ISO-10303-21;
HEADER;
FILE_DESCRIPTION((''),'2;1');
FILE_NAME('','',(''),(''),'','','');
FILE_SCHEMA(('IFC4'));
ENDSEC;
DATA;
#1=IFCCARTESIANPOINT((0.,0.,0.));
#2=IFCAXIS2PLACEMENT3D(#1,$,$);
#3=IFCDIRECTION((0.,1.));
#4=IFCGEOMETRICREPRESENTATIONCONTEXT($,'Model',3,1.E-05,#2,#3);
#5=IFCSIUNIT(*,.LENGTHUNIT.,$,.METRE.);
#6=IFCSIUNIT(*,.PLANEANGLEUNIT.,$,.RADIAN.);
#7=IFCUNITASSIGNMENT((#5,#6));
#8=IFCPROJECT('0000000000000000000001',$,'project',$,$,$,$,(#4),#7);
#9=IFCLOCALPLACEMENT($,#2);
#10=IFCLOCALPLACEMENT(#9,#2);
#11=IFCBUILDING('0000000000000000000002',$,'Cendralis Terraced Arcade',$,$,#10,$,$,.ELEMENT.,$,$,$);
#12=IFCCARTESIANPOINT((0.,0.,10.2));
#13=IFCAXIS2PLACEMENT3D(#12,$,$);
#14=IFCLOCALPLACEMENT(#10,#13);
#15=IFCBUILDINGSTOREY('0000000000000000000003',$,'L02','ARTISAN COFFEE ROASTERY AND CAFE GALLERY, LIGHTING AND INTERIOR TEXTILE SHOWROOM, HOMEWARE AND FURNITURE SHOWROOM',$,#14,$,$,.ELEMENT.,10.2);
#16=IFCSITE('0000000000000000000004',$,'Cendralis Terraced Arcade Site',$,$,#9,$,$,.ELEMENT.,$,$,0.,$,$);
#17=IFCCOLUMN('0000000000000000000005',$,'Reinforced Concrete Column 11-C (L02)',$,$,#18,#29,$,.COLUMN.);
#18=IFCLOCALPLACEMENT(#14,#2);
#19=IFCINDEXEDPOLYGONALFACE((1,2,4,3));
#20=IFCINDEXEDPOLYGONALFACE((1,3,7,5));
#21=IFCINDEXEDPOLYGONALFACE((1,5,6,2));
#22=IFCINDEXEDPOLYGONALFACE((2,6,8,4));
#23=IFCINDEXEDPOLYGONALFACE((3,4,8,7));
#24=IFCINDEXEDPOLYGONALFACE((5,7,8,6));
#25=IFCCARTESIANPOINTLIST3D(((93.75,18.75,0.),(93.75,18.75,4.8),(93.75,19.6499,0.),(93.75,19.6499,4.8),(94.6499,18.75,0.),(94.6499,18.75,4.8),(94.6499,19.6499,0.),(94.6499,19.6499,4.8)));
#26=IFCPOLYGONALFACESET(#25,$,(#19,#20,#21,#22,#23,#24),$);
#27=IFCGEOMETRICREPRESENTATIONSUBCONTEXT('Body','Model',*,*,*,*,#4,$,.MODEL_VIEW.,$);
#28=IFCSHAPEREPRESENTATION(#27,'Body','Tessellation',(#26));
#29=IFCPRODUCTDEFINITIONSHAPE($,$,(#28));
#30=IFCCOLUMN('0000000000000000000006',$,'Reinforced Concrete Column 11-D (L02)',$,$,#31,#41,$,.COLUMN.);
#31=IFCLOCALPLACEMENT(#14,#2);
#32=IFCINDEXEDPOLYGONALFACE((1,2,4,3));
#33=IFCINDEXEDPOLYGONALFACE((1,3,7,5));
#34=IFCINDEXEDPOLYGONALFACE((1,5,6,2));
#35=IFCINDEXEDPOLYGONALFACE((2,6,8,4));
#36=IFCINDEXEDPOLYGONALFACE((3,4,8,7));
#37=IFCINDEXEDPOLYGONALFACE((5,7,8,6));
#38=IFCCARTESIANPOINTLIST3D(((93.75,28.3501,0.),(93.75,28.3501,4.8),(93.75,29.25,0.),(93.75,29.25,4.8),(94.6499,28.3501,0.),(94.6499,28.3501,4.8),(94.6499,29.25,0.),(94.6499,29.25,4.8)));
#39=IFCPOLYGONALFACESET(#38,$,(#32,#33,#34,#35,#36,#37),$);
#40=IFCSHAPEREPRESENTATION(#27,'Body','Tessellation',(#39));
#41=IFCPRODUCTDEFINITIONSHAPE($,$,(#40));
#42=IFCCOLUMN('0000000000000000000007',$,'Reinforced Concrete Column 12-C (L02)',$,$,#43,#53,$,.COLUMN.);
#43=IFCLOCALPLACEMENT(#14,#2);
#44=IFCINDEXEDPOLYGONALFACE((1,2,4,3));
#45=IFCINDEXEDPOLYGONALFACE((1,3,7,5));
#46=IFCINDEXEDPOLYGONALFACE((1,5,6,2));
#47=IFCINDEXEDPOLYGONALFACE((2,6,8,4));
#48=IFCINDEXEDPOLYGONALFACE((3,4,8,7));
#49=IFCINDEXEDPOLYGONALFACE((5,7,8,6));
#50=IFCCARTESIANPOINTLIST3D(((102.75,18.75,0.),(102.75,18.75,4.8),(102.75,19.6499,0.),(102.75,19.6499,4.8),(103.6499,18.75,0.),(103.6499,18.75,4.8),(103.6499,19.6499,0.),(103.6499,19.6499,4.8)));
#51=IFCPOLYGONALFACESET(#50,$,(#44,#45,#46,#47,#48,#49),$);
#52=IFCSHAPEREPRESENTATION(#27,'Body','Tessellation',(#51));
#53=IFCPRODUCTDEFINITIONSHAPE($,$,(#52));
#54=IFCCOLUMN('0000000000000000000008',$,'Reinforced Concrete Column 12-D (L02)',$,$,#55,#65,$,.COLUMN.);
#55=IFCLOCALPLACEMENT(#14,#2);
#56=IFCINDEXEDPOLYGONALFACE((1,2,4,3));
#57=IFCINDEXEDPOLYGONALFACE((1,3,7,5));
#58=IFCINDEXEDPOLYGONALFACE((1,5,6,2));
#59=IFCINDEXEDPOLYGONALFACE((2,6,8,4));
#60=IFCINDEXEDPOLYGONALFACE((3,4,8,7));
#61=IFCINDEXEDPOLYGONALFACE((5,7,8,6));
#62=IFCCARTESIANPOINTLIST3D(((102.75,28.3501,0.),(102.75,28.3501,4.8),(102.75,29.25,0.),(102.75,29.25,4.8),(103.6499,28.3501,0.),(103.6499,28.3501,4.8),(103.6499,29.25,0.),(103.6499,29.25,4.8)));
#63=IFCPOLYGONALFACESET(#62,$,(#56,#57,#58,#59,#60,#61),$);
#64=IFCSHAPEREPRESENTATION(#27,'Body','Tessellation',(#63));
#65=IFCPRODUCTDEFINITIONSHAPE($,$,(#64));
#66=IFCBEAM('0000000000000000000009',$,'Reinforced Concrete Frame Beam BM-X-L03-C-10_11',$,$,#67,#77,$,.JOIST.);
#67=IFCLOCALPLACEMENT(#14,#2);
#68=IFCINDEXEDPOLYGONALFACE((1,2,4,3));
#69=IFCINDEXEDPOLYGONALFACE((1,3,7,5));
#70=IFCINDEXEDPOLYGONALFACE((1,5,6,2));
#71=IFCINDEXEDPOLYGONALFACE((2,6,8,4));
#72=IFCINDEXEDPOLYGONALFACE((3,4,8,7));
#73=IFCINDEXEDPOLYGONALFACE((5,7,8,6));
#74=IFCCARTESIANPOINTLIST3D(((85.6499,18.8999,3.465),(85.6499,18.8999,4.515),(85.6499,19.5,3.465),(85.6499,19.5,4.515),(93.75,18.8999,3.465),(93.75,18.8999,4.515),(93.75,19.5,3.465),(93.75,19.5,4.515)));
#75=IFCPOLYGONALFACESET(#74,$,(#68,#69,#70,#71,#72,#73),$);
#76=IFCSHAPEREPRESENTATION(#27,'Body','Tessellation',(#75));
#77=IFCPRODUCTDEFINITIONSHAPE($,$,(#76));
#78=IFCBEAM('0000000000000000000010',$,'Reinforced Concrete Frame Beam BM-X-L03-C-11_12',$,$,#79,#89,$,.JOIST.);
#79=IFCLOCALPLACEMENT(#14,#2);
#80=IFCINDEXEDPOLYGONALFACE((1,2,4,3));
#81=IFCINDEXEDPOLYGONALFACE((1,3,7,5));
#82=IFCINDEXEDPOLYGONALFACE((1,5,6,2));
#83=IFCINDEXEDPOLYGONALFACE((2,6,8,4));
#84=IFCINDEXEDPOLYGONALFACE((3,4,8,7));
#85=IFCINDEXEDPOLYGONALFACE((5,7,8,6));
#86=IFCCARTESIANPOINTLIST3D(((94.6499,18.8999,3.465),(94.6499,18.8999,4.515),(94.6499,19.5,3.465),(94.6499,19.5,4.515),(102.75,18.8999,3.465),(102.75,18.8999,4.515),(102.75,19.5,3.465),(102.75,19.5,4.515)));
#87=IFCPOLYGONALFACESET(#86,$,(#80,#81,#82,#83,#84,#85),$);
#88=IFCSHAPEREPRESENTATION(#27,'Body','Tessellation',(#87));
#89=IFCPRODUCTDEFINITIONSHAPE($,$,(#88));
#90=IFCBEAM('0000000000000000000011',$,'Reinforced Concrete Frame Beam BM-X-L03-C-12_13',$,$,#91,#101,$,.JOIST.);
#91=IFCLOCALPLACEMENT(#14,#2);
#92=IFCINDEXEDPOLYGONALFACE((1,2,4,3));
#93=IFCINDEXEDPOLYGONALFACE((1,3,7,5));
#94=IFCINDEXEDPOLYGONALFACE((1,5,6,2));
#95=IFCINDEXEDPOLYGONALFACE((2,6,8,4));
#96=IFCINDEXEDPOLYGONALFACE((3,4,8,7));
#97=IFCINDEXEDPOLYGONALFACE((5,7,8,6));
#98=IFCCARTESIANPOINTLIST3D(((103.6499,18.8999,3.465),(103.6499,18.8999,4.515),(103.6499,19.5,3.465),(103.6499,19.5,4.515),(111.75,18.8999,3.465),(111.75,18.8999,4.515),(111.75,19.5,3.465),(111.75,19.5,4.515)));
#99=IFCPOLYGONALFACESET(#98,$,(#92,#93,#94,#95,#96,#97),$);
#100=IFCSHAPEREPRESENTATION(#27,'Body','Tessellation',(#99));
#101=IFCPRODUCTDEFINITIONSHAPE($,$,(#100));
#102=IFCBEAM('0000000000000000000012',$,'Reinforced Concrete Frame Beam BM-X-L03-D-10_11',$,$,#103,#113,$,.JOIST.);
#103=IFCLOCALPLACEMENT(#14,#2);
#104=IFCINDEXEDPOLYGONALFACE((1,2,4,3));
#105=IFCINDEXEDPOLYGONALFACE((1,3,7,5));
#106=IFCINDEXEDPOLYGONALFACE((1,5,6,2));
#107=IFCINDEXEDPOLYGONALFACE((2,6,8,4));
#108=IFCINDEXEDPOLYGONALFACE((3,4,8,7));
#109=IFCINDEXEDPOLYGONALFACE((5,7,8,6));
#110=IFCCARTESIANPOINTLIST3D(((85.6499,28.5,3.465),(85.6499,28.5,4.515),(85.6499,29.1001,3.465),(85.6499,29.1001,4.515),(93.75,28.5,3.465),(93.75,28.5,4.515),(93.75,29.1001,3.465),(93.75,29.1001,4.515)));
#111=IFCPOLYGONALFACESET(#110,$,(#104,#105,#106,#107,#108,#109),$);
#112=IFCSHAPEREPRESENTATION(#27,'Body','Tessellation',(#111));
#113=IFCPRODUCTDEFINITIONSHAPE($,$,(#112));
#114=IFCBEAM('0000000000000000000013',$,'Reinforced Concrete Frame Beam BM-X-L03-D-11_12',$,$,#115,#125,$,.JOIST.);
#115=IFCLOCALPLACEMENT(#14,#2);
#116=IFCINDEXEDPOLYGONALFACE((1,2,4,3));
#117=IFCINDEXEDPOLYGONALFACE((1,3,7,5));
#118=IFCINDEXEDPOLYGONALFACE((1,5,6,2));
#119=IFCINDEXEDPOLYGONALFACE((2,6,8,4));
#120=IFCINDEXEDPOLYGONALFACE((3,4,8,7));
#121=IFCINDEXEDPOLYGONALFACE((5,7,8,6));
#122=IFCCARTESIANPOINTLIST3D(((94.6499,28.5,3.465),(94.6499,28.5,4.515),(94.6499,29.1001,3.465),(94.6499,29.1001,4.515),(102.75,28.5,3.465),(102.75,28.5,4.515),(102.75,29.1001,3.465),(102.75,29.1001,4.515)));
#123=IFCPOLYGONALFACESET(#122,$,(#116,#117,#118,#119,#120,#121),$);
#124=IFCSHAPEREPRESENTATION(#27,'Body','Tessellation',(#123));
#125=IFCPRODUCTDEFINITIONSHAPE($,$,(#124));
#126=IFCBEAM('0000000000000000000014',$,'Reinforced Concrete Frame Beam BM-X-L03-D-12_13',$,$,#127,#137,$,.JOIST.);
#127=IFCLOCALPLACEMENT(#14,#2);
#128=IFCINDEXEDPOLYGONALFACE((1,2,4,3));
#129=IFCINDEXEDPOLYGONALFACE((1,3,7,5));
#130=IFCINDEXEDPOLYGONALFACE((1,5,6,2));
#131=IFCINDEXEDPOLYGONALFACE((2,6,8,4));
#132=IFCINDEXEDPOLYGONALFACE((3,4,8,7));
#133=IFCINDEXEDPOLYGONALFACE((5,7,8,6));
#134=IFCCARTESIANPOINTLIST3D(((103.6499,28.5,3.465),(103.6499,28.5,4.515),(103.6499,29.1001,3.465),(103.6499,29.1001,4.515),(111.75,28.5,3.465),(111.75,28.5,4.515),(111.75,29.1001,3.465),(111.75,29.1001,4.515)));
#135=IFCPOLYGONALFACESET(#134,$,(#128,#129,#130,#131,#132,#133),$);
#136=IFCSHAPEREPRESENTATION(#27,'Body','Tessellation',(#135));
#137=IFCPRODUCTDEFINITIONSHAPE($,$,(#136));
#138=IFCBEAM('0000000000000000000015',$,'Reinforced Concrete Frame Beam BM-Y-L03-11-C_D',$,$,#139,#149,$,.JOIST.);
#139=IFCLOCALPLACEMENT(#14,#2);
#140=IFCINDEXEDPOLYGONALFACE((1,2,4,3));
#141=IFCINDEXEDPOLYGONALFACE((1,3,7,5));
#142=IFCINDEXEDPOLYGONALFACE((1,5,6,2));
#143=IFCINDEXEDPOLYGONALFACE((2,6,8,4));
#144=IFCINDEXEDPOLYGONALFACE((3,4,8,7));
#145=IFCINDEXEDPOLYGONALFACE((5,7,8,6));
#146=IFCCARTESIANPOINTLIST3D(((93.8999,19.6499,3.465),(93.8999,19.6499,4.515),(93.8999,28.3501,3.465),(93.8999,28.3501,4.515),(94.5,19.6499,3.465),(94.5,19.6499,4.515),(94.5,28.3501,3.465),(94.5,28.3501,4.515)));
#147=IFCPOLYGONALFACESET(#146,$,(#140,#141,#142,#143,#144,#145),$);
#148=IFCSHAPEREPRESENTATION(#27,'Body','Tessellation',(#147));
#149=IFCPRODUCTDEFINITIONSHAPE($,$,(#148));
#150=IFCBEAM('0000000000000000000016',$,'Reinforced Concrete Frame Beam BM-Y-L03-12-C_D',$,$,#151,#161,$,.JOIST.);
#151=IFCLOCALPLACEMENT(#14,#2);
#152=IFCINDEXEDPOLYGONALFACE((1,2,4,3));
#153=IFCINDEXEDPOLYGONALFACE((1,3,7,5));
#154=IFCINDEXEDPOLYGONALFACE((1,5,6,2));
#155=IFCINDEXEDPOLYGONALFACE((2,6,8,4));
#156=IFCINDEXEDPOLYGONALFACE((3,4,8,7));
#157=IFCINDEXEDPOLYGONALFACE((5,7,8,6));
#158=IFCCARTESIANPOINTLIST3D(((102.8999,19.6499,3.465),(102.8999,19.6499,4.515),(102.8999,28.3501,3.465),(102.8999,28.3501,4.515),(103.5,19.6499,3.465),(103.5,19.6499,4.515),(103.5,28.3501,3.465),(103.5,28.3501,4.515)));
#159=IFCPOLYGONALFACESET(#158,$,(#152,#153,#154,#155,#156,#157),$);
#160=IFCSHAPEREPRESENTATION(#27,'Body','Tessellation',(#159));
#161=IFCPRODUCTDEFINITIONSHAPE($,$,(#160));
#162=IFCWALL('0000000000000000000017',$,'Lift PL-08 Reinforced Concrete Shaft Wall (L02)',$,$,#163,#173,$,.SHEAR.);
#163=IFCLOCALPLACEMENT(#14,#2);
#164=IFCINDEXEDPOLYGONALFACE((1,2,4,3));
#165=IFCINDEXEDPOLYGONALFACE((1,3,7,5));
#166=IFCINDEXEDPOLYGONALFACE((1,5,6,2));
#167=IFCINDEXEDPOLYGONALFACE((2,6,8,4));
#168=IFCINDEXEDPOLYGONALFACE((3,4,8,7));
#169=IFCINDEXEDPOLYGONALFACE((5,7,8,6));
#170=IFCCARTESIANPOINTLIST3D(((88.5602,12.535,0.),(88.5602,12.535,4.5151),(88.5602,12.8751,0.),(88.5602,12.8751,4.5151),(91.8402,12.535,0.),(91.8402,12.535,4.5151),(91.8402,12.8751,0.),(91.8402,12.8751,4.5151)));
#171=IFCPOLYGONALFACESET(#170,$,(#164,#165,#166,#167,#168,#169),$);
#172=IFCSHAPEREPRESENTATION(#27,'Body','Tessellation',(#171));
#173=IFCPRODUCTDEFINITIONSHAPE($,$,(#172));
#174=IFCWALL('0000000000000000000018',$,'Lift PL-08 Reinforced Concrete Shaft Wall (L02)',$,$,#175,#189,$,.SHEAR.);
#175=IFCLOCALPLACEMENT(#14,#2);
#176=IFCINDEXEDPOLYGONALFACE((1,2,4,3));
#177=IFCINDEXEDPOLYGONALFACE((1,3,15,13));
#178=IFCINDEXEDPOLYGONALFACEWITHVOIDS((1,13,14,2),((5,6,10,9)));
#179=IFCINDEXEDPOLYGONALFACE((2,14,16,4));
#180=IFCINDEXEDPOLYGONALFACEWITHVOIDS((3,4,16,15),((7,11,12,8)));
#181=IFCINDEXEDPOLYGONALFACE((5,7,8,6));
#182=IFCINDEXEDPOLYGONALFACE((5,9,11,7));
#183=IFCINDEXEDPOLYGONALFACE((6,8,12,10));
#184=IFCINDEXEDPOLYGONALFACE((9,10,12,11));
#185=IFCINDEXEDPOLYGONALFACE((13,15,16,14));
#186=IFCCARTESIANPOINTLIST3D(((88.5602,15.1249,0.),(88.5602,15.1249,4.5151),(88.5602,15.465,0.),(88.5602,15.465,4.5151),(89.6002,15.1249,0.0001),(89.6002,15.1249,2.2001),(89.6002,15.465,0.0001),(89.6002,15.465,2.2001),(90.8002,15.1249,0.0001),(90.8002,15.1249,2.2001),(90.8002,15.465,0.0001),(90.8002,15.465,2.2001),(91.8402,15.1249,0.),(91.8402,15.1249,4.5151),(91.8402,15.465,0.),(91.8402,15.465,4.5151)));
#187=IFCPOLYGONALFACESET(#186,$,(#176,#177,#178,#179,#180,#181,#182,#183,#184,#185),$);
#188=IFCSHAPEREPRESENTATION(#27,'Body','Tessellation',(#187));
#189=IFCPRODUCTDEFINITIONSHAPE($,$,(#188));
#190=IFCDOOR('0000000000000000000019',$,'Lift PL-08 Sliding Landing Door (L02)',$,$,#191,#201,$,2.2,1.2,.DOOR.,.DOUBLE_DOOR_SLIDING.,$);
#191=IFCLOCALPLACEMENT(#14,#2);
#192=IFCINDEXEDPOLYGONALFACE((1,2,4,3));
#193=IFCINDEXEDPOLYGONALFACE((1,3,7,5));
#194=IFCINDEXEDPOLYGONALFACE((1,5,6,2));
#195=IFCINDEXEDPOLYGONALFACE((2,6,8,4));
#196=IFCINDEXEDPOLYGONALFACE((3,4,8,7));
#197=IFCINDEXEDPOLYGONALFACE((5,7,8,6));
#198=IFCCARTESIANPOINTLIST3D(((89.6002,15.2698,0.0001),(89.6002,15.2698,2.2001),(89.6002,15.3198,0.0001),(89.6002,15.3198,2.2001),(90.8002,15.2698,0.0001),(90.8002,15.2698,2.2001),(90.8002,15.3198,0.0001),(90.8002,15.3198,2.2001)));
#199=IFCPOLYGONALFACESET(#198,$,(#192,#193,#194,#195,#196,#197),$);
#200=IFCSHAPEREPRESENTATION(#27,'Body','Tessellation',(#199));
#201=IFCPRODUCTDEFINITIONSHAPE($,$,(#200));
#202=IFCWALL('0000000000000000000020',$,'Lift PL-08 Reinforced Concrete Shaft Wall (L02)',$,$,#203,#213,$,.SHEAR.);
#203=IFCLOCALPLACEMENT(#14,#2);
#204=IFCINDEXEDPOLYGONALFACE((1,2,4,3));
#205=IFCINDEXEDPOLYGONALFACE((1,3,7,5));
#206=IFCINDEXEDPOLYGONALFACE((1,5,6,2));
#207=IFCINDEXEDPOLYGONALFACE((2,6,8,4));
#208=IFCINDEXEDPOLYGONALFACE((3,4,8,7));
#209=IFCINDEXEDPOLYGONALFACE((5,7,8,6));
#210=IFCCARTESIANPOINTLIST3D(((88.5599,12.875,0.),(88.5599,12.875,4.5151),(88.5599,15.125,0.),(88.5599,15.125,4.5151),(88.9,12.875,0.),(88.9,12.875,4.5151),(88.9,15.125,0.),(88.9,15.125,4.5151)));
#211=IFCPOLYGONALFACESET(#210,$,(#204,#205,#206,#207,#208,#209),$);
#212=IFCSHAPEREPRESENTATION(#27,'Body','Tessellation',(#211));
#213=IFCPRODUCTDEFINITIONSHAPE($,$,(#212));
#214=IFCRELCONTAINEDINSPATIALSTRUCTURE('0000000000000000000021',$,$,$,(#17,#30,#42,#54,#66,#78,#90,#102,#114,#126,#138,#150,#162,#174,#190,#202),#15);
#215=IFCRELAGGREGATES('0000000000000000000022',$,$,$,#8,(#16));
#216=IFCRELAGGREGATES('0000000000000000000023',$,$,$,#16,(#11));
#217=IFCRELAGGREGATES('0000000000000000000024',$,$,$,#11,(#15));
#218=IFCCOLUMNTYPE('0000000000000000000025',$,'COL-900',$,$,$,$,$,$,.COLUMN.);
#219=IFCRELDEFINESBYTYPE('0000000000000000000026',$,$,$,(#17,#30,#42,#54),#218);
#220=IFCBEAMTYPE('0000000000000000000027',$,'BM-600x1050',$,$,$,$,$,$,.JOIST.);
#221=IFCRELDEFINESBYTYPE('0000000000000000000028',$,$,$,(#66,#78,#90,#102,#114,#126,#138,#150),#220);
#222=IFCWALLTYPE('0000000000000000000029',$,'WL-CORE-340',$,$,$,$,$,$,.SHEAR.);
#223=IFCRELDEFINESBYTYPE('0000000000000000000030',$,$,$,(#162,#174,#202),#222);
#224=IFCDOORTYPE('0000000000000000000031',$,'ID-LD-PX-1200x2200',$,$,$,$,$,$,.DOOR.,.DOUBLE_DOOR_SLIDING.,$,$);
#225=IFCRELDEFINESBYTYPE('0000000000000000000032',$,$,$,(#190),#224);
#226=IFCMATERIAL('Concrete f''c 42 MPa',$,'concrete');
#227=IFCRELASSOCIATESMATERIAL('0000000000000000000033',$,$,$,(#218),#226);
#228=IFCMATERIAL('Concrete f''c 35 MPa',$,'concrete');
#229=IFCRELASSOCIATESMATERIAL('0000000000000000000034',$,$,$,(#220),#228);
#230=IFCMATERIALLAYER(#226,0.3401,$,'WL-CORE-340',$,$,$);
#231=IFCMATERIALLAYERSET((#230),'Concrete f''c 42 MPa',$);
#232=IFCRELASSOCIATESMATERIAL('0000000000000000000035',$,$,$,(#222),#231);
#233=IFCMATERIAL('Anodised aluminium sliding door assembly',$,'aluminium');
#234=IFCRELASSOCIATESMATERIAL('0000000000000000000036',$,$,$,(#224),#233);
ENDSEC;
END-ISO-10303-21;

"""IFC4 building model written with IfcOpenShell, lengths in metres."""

from ifc_helpers import new_model, si_unit, direction, frame, frame_2d, origin, origin_2d, place, context, subcontext, project, spatial, rectangle, extrude, material, layer, layer_set, material_profile, profile_set, type_object, element, fill, save


model = new_model("IFC4")

# Units and contexts
model_context = context("Model", 3, precision=1e-05, world=origin(), true_north=direction((0.0, 1.0)))
body_context = subcontext(model_context, "Body", "Model", "MODEL_VIEW")
ifc_project = project(units=[si_unit("LENGTHUNIT", "METRE"), si_unit("PLANEANGLEUNIT", "RADIAN")], contexts=[model_context])

# Site, building, storey
site_placement = place(None, origin())
site = spatial("IfcSite", under=ifc_project, at=site_placement, Name="Cendralis Terraced Arcade Site", CompositionType="ELEMENT", RefElevation=0.0)
building_placement = place(site_placement, origin())
building = spatial("IfcBuilding", under=site, at=building_placement, Name="Cendralis Terraced Arcade", CompositionType="ELEMENT")
storey_placement = place(building_placement, frame((0.0, 0.0, 10.2)))
storey = spatial("IfcBuildingStorey", under=building, at=storey_placement, Name="L02", Description="ARTISAN COFFEE ROASTERY AND CAFE GALLERY, LIGHTING AND INTERIOR TEXTILE SHOWROOM, HOMEWARE AND FURNITURE SHOWROOM", CompositionType="ELEMENT", Elevation=10.2)

# Columns
ifc_material_1 = material(Name="Concrete f'c 42 MPa", Category="concrete")
ifc_material_profile_1 = material_profile(ifc_material_1, rectangle(XDim=0.8999, YDim=0.8999, at=origin_2d()), Name="RC-COL-900x900", Category="LoadBearing")
ifc_profile_set_1 = profile_set([ifc_material_profile_1], Name="Concrete f'c 42 MPa")
column_type = type_object("IfcColumnType", Name="COL-900", PredefinedType="COLUMN", material=ifc_profile_set_1)
for number, where, z_axis, x_axis, name in (
    (1, (94.2, 19.2, 0.0), (0.0, 0.0, 1.0), (1.0, 0.0, 0.0), "Reinforced Concrete Column 11-C (L02)"),
    (2, (94.2, 28.8, 0.0), (0.0, 0.0, 1.0), (1.0, 0.0, 0.0), "Reinforced Concrete Column 11-D (L02)"),
    (3, (103.2, 19.2, 0.0), (0.0, 0.0, 1.0), (1.0, 0.0, 0.0), "Reinforced Concrete Column 12-C (L02)"),
    (4, (103.2, 28.8, 0.0), (0.0, 0.0, 1.0), (1.0, 0.0, 0.0), "Reinforced Concrete Column 12-D (L02)"),
):
    element("IfcColumn", number, at=place(storey_placement, frame(where, z_axis=z_axis, x_axis=x_axis)), inside=storey, type_object=column_type, Name=name, PredefinedType="COLUMN", context=body_context, shape_type="SweptSolid", body=[
        extrude(rectangle(XDim=0.8999, YDim=0.8999, at=origin_2d()), origin(), (0.0, 0.0, 1.0), 4.8),
    ])

# Beams
ifc_material_2 = material(Name="Concrete f'c 35 MPa", Category="concrete")
ifc_material_profile_2 = material_profile(ifc_material_2, rectangle(XDim=0.6001, YDim=1.05, at=origin_2d()), Name="RC-BM-600x1050", Category="LoadBearing")
ifc_profile_set_2 = profile_set([ifc_material_profile_2], Name="Concrete f'c 35 MPa")
beam_type = type_object("IfcBeamType", Name="BM-600x1050", PredefinedType="JOIST", material=ifc_profile_set_2)
for number, where, z_axis, x_axis, name in (
    (5, (85.6499, 19.2, 3.99), (1.0, 0.0, 0.0), (0.0, 1.0, 0.0), "Reinforced Concrete Frame Beam BM-X-L03-C-10_11"),
    (6, (94.6499, 19.2, 3.99), (1.0, 0.0, 0.0), (0.0, 1.0, 0.0), "Reinforced Concrete Frame Beam BM-X-L03-C-11_12"),
    (7, (103.6499, 19.2, 3.99), (1.0, 0.0, 0.0), (0.0, 1.0, 0.0), "Reinforced Concrete Frame Beam BM-X-L03-C-12_13"),
    (8, (85.6499, 28.8, 3.99), (1.0, 0.0, 0.0), (0.0, 1.0, 0.0), "Reinforced Concrete Frame Beam BM-X-L03-D-10_11"),
    (9, (94.6499, 28.8, 3.99), (1.0, 0.0, 0.0), (0.0, 1.0, 0.0), "Reinforced Concrete Frame Beam BM-X-L03-D-11_12"),
    (10, (103.6499, 28.8, 3.99), (1.0, 0.0, 0.0), (0.0, 1.0, 0.0), "Reinforced Concrete Frame Beam BM-X-L03-D-12_13"),
):
    element("IfcBeam", number, at=place(storey_placement, frame(where, z_axis=z_axis, x_axis=x_axis)), inside=storey, type_object=beam_type, Name=name, PredefinedType="JOIST", context=body_context, shape_type="SweptSolid", body=[
        extrude(rectangle(XDim=0.6001, YDim=1.05, at=origin_2d()), origin(), (0.0, 0.0, 1.0), 8.1001),
    ])
for number, where, z_axis, x_axis, name in (
    (11, (94.2, 19.6499, 3.99), (0.0, 1.0, 0.0), (-1.0, 0.0, 0.0), "Reinforced Concrete Frame Beam BM-Y-L03-11-C_D"),
    (12, (103.2, 19.6499, 3.99), (0.0, 1.0, 0.0), (-1.0, 0.0, 0.0), "Reinforced Concrete Frame Beam BM-Y-L03-12-C_D"),
):
    element("IfcBeam", number, at=place(storey_placement, frame(where, z_axis=z_axis, x_axis=x_axis)), inside=storey, type_object=beam_type, Name=name, PredefinedType="JOIST", context=body_context, shape_type="SweptSolid", body=[
        extrude(rectangle(XDim=0.6001, YDim=1.05, at=origin_2d()), origin(), (0.0, 0.0, 1.0), 8.7002),
    ])

# Wall
ifc_layer_1 = layer(ifc_material_1, 0.3401, Name="WL-CORE-340")
ifc_layer_set_1 = layer_set([ifc_layer_1], Name="Concrete f'c 42 MPa")
wall_type_1 = type_object("IfcWallType", Name="WL-CORE-340", PredefinedType="SHEAR", material=ifc_layer_set_1)
wall_1_placement = place(storey_placement, frame((88.5601, 12.7051, 0.0), z_axis=(0.0, 0.0, 1.0), x_axis=(1.0, 0.0, 0.0)))
element("IfcWall", 13, at=wall_1_placement, inside=storey, type_object=wall_type_1, Name="Lift PL-08 Reinforced Concrete Shaft Wall (L02)", PredefinedType="SHEAR", context=body_context, shape_type="SweptSolid", body=[
    extrude(rectangle(XDim=3.28, YDim=0.3401, at=frame_2d((1.6401, 0.0))), origin(), (0.0, 0.0, 1.0), 4.5151),
])

# Wall, opening, door
wall_2_placement = place(storey_placement, frame((88.5601, 15.2949, 0.0), z_axis=(0.0, 0.0, 1.0), x_axis=(1.0, 0.0, 0.0)))
wall_2 = element("IfcWall", 14, at=wall_2_placement, inside=storey, type_object=wall_type_1, Name="Lift PL-08 Reinforced Concrete Shaft Wall (L02)", PredefinedType="SHEAR", context=body_context, shape_type="SweptSolid", body=[
    extrude(rectangle(XDim=3.28, YDim=0.3401, at=frame_2d((1.6401, 0.0))), origin(), (0.0, 0.0, 1.0), 4.5151),
])
opening_1_placement = place(wall_2_placement, frame((1.04, 0.0, 0.0)))
opening_1 = element("IfcOpeningElement", 15, at=opening_1_placement, cuts=wall_2, PredefinedType="OPENING", context=body_context, shape_type="SweptSolid", body=[
    extrude(rectangle(XDim=1.2, YDim=2.2, at=frame_2d((0.6001, 1.1001))), frame((0.0, 0.1821, 0.0), z_axis=(0.0, -1.0, 0.0), x_axis=(1.0, 0.0, 0.0)), (0.0, 0.0, 1.0), 0.364),
])
ifc_material_3 = material(Name="Anodised aluminium sliding door assembly", Category="aluminium")
door_type_1 = type_object("IfcDoorType", Name="ID-LD-PX-1200x2200", OperationType="DOUBLE_DOOR_SLIDING", PredefinedType="DOOR", material=ifc_material_3)
door_1_placement = place(opening_1_placement, origin())
door_1 = element("IfcDoor", 16, at=door_1_placement, inside=storey, type_object=door_type_1, Name="Lift PL-08 Sliding Landing Door (L02)", OperationType="DOUBLE_DOOR_SLIDING", OverallHeight=2.2, OverallWidth=1.2, PredefinedType="DOOR", context=body_context, shape_type="SweptSolid", body=[
    extrude(rectangle(XDim=1.2, YDim=2.2, at=frame_2d((0.6001, 1.1001))), frame((0.0, 0.0249, 0.0), z_axis=(0.0, -1.0, 0.0), x_axis=(1.0, 0.0, 0.0)), (0.0, 0.0, 1.0), 0.05),
])
fill(opening_1, door_1)

# Wall
for number, where, z_axis, x_axis, name in (
    (17, (88.73, 12.875, 0.0), (0.0, 0.0, 1.0), (0.0, 1.0, 0.0), "Lift PL-08 Reinforced Concrete Shaft Wall (L02)"),
):
    element("IfcWall", number, at=place(storey_placement, frame(where, z_axis=z_axis, x_axis=x_axis)), inside=storey, type_object=wall_type_1, Name=name, PredefinedType="SHEAR", context=body_context, shape_type="SweptSolid", body=[
        extrude(rectangle(XDim=2.25, YDim=0.3401, at=frame_2d((1.125, 0.0))), origin(), (0.0, 0.0, 1.0), 4.5151),
    ])

save(model, "model.ifc")
